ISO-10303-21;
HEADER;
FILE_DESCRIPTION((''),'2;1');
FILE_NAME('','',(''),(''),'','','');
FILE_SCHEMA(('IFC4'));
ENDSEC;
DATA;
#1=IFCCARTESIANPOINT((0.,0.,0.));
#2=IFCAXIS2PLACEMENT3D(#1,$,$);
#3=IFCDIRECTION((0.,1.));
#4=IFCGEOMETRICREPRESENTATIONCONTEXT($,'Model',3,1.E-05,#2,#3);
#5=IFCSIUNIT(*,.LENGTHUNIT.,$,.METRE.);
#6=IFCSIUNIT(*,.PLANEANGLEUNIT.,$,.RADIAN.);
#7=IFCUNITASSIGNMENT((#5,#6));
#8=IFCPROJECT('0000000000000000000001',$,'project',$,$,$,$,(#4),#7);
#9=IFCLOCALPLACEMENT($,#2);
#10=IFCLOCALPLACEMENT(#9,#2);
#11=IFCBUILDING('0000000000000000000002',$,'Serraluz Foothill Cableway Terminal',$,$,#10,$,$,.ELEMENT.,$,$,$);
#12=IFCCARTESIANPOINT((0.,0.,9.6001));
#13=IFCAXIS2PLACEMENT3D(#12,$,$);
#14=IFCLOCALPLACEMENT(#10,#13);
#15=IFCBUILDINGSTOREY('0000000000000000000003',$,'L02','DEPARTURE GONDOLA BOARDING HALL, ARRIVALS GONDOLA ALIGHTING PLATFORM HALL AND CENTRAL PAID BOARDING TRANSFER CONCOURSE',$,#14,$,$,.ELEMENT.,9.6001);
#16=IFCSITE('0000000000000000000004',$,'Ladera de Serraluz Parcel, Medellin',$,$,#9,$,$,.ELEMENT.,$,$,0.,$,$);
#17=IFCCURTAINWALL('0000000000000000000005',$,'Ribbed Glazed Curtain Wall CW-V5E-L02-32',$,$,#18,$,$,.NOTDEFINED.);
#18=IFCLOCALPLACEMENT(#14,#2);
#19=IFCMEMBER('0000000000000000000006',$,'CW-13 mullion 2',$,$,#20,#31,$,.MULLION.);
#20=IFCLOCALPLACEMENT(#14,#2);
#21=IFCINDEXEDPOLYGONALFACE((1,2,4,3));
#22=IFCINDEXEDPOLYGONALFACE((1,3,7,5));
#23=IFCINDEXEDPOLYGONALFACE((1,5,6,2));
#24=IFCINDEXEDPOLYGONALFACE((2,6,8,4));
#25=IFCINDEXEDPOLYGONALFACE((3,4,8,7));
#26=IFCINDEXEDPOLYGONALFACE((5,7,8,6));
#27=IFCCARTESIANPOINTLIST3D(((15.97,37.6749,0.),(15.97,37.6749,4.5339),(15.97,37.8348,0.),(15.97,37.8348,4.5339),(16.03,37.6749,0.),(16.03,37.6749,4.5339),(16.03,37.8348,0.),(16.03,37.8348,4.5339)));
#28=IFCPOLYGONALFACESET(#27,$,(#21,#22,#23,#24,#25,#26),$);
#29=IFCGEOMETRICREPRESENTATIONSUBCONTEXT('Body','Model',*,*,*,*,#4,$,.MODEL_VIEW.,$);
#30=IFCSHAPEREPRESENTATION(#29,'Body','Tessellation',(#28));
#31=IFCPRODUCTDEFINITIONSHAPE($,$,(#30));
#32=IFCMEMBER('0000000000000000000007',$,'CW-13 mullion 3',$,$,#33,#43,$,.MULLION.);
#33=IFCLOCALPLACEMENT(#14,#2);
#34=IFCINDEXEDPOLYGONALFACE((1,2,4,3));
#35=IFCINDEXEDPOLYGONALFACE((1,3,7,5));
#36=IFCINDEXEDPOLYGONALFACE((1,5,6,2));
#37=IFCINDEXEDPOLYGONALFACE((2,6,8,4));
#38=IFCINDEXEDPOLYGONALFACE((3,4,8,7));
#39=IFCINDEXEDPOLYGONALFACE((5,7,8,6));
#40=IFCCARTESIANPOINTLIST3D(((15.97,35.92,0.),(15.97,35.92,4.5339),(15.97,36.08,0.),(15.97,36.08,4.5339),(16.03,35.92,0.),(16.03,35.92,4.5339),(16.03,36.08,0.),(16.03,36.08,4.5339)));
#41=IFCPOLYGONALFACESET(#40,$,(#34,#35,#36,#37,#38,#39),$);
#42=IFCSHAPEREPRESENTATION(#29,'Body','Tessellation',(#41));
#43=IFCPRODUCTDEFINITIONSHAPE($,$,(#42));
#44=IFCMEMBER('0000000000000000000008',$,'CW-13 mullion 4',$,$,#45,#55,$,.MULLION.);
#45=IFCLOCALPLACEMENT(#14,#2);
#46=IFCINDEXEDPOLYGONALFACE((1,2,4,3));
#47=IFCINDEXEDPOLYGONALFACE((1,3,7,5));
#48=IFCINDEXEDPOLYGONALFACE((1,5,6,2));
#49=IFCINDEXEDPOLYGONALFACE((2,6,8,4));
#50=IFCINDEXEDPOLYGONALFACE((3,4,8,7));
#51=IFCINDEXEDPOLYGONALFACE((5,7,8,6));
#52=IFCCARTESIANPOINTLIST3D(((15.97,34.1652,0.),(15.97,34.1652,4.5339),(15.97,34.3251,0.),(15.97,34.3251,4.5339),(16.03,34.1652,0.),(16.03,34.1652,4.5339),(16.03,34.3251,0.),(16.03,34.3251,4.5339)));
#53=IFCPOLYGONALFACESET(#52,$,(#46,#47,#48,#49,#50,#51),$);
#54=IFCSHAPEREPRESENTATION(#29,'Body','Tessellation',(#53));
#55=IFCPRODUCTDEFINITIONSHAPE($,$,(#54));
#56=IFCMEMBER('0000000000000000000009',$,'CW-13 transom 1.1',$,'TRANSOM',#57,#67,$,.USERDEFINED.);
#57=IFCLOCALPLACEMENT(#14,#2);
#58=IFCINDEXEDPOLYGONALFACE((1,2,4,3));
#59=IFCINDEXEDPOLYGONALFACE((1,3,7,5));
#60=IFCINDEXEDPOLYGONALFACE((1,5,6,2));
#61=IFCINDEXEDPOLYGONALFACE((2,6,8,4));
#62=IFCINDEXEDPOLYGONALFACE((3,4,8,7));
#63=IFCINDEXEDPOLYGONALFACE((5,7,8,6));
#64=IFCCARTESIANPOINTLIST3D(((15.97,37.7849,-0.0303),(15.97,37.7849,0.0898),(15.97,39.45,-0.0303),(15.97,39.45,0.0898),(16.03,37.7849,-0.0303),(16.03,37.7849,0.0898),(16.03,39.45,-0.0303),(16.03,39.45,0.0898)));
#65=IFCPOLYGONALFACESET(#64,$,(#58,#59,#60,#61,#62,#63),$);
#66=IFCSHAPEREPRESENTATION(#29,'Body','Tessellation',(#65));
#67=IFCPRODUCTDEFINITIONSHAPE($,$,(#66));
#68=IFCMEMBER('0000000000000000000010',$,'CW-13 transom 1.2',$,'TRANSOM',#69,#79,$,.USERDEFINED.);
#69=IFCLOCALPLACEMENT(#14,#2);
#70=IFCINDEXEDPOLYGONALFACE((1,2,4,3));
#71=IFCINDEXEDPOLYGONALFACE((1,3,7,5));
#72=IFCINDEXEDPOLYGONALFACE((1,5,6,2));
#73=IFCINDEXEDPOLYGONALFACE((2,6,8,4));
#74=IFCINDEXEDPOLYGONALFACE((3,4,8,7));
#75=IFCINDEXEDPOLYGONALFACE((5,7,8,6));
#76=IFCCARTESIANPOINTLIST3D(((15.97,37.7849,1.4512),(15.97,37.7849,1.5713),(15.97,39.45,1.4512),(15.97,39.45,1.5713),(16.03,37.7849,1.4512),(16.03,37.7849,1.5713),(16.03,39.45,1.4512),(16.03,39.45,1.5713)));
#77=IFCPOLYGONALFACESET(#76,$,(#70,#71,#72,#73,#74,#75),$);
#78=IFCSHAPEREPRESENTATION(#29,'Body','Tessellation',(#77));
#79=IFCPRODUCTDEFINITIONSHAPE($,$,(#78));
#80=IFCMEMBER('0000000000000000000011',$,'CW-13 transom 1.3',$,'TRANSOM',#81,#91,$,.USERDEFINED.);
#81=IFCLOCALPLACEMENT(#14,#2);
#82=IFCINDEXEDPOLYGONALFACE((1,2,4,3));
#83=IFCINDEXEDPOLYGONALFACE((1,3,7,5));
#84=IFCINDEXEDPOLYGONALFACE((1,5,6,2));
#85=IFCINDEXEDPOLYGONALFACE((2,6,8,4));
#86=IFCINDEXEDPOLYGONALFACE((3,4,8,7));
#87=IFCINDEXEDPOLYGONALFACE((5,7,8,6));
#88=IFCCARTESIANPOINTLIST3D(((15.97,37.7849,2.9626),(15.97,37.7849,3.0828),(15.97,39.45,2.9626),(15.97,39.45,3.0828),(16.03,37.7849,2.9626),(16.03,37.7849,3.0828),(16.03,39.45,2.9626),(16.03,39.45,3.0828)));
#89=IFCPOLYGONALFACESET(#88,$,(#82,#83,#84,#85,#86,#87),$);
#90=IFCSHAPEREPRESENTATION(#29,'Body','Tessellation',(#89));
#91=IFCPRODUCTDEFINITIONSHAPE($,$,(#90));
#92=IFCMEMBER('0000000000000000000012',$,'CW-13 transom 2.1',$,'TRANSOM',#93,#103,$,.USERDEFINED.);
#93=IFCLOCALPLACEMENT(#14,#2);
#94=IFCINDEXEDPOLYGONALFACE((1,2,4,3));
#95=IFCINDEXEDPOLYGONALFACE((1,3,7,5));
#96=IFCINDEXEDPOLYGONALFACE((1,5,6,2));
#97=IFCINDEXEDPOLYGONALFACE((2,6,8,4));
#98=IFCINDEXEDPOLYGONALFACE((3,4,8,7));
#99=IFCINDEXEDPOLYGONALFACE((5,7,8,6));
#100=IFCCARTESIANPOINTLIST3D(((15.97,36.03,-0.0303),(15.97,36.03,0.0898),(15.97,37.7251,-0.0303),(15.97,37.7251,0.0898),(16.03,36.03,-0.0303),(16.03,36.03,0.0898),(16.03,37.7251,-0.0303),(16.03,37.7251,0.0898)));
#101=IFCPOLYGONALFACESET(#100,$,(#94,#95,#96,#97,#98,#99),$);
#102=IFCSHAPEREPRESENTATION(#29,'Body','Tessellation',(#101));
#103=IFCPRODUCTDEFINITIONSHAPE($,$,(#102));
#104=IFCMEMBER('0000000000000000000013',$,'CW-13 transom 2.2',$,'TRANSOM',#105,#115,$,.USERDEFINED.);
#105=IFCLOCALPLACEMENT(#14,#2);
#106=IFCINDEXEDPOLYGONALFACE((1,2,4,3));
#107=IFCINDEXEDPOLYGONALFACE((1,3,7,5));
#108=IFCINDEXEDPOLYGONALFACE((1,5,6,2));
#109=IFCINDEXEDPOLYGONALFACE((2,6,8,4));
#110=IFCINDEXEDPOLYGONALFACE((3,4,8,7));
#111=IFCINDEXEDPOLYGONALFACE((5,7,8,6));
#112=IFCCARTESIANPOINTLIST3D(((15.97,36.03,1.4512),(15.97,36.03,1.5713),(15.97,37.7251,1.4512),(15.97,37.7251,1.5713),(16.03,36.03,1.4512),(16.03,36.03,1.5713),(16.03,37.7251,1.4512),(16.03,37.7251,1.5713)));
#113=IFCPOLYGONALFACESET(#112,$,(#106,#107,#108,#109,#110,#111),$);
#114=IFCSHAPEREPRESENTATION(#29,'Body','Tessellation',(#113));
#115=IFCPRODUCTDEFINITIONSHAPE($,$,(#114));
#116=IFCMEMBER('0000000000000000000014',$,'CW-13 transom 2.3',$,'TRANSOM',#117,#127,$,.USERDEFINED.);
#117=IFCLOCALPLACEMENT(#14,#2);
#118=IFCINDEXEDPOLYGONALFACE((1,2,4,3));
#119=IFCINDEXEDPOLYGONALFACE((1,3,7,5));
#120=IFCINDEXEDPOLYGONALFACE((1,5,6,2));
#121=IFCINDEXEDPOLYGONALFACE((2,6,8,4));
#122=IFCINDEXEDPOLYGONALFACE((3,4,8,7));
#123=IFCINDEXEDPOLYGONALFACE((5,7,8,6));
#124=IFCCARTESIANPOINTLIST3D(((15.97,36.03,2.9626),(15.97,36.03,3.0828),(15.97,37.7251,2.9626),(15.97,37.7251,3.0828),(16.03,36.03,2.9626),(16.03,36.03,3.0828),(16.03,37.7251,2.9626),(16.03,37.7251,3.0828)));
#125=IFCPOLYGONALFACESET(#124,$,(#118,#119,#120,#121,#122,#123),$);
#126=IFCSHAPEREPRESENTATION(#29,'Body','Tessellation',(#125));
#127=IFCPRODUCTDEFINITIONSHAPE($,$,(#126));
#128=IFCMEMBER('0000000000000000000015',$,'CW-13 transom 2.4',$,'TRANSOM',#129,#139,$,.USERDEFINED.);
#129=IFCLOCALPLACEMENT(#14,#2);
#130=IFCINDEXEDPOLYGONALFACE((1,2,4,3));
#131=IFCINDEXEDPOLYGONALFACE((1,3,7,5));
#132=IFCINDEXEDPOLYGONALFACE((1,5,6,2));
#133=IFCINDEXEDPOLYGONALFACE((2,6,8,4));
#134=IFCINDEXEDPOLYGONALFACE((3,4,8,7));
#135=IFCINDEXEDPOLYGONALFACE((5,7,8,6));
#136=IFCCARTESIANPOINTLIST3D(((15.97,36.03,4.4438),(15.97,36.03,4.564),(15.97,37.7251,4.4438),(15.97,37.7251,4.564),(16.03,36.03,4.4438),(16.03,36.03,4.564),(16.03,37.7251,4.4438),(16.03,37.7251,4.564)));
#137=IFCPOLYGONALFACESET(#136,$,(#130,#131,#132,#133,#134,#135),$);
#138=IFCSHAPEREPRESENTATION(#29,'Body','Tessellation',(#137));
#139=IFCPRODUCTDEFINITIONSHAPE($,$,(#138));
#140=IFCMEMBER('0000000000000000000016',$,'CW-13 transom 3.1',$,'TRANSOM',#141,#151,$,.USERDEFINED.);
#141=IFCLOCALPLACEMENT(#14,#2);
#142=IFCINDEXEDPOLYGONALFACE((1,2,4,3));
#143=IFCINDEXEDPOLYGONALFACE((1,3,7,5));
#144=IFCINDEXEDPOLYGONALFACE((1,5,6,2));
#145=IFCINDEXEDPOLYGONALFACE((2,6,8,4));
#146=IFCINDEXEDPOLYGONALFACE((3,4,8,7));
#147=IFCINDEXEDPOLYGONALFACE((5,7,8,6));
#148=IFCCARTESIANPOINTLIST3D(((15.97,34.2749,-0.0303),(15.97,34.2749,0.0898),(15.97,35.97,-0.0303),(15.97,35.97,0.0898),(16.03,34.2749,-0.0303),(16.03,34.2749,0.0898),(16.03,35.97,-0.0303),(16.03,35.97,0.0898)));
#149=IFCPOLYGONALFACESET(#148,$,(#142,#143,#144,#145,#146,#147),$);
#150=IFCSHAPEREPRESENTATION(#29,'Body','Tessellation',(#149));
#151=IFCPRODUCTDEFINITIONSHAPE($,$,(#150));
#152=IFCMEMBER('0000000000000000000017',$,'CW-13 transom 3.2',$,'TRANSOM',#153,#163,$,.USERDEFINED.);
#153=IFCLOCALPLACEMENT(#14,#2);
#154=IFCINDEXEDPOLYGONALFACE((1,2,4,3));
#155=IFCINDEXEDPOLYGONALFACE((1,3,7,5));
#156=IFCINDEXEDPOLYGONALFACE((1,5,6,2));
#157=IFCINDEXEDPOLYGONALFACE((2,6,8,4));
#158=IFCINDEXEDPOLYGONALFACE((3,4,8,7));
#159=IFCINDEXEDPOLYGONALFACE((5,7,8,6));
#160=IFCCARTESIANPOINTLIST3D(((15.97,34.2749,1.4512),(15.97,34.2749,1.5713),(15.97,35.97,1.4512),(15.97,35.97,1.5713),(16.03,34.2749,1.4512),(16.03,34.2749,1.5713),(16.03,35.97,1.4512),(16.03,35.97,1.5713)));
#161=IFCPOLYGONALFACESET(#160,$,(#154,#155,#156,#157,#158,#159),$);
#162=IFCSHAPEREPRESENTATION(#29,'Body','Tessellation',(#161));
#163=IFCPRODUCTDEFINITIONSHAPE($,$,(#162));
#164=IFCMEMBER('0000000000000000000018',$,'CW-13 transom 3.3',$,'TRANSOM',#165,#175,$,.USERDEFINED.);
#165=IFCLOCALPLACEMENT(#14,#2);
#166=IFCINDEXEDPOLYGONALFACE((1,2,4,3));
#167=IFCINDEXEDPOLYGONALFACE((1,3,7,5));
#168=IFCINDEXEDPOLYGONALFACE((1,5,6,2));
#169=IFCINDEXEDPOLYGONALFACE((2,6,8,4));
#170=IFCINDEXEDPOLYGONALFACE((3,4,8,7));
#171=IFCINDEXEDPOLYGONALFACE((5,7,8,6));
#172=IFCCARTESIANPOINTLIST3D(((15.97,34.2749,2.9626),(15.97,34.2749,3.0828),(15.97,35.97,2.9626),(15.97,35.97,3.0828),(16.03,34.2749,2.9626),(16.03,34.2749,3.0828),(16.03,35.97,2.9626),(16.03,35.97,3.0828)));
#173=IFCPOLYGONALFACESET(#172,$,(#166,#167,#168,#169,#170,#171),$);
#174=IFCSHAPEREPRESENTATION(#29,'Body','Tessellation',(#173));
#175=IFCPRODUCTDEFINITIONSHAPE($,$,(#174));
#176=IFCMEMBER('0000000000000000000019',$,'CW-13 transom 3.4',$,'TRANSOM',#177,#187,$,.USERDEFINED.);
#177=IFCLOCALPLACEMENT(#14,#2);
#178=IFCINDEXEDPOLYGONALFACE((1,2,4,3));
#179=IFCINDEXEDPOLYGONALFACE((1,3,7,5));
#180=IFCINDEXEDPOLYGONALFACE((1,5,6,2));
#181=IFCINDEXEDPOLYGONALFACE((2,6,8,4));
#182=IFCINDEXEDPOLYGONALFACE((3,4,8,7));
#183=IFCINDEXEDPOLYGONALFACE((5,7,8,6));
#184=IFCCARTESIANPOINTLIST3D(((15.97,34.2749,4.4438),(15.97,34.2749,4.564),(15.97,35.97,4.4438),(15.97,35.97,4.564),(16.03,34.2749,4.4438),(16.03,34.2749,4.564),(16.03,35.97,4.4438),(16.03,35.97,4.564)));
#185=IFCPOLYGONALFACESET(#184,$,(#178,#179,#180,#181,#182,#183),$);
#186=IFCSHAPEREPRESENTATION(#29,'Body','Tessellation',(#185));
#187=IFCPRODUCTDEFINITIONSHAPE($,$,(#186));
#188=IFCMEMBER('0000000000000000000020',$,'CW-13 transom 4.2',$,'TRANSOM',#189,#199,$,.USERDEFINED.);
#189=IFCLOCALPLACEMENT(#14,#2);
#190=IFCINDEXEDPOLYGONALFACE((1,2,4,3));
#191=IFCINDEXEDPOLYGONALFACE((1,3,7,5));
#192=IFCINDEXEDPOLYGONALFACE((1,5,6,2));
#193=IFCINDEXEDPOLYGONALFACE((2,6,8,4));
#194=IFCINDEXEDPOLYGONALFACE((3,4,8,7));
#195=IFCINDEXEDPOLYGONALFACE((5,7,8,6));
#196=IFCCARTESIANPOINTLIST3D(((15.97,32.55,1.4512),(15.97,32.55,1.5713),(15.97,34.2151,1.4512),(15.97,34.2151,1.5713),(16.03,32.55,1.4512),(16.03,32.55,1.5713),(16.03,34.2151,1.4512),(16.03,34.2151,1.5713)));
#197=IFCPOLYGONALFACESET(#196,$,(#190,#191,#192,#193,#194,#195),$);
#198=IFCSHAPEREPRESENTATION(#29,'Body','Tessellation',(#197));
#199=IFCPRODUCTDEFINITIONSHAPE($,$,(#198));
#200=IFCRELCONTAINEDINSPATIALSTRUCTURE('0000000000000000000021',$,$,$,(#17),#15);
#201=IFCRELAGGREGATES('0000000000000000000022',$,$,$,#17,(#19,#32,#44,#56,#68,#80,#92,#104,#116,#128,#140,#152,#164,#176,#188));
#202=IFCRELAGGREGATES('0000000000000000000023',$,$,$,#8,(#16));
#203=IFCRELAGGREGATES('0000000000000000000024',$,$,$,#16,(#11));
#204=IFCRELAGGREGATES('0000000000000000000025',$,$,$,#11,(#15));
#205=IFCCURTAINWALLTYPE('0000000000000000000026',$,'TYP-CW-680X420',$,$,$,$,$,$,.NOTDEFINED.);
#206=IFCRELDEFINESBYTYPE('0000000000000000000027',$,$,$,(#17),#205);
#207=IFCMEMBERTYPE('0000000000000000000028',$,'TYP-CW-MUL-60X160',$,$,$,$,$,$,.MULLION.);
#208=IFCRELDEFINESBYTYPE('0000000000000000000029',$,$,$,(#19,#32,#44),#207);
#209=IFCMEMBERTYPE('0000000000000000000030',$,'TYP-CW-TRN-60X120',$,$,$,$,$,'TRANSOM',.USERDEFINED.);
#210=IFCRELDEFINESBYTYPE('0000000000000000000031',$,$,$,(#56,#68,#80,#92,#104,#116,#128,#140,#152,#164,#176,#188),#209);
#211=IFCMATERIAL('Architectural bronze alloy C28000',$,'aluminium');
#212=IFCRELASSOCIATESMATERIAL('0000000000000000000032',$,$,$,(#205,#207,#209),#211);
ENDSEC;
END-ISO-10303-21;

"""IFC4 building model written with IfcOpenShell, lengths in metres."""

from ifc_helpers import new_model, si_unit, direction, frame, origin, origin_2d, place, context, subcontext, project, spatial, rectangle, extrude, material, material_profile, profile_set, type_object, element, aggregate, save


model = new_model("IFC4")

# Units and contexts
model_context = context("Model", 3, precision=1e-05, world=origin(), true_north=direction((0.0, 1.0)))
body_context = subcontext(model_context, "Body", "Model", "MODEL_VIEW")
ifc_project = project(units=[si_unit("LENGTHUNIT", "METRE"), si_unit("PLANEANGLEUNIT", "RADIAN")], contexts=[model_context])

# Site, building, storey
site_placement = place(None, origin())
site = spatial("IfcSite", under=ifc_project, at=site_placement, Name="Ladera de Serraluz Parcel, Medellin", CompositionType="ELEMENT", RefElevation=0.0)
building_placement = place(site_placement, origin())
building = spatial("IfcBuilding", under=site, at=building_placement, Name="Serraluz Foothill Cableway Terminal", CompositionType="ELEMENT")
storey_placement = place(building_placement, frame((0.0, 0.0, 9.6001)))
storey = spatial("IfcBuildingStorey", under=building, at=storey_placement, Name="L02", Description="DEPARTURE GONDOLA BOARDING HALL, ARRIVALS GONDOLA ALIGHTING PLATFORM HALL AND CENTRAL PAID BOARDING TRANSFER CONCOURSE", CompositionType="ELEMENT", Elevation=9.6001)

# Curtain wall, members
ifc_material_1 = material(Name="Architectural bronze alloy C28000", Category="aluminium")
curtain_wall_type = type_object("IfcCurtainWallType", Name="TYP-CW-680X420", PredefinedType="NOTDEFINED", material=ifc_material_1)
curtain_wall_placement = place(storey_placement, origin())
curtain_wall = element("IfcCurtainWall", 1, at=curtain_wall_placement, inside=storey, type_object=curtain_wall_type, Name="Ribbed Glazed Curtain Wall CW-V5E-L02-32", PredefinedType="NOTDEFINED")
ifc_material_profile_1 = material_profile(ifc_material_1, rectangle(XDim=0.0601, YDim=0.1599, at=origin_2d()), Name="ALU MULLION 60x160")
ifc_profile_set_1 = profile_set([ifc_material_profile_1], Name="Architectural bronze alloy C28000")
member_type_1 = type_object("IfcMemberType", Name="TYP-CW-MUL-60X160", PredefinedType="MULLION", material=ifc_profile_set_1)
member_1_placement = place(storey_placement, frame((16.0, 37.7549, 0.0), z_axis=(0.0, 0.0, 1.0), x_axis=(1.0, 0.0, 0.0)))
member_1 = element("IfcMember", 2, at=member_1_placement, type_object=member_type_1, Name="CW-13 mullion 2", PredefinedType="MULLION", context=body_context, shape_type="SweptSolid", body=[
    extrude(rectangle(XDim=0.0601, YDim=0.1599, at=origin_2d()), origin(), (0.0, 0.0, 1.0), 4.5339),
])
member_2_placement = place(storey_placement, frame((16.0, 36.0, 0.0), z_axis=(0.0, 0.0, 1.0), x_axis=(1.0, 0.0, 0.0)))
member_2 = element("IfcMember", 3, at=member_2_placement, type_object=member_type_1, Name="CW-13 mullion 3", PredefinedType="MULLION", context=body_context, shape_type="SweptSolid", body=[
    extrude(rectangle(XDim=0.0601, YDim=0.1599, at=origin_2d()), origin(), (0.0, 0.0, 1.0), 4.5339),
])
member_3_placement = place(storey_placement, frame((16.0, 34.2451, 0.0), z_axis=(0.0, 0.0, 1.0), x_axis=(1.0, 0.0, 0.0)))
member_3 = element("IfcMember", 4, at=member_3_placement, type_object=member_type_1, Name="CW-13 mullion 4", PredefinedType="MULLION", context=body_context, shape_type="SweptSolid", body=[
    extrude(rectangle(XDim=0.0601, YDim=0.1599, at=origin_2d()), origin(), (0.0, 0.0, 1.0), 4.5339),
])
ifc_material_profile_2 = material_profile(ifc_material_1, rectangle(XDim=0.0601, YDim=0.1201, at=origin_2d()), Name="ALU TRANSOM 60x120")
ifc_profile_set_2 = profile_set([ifc_material_profile_2], Name="Architectural bronze alloy C28000")
member_type_2 = type_object("IfcMemberType", Name="TYP-CW-TRN-60X120", ElementType="TRANSOM", PredefinedType="USERDEFINED", material=ifc_profile_set_2)
member_4_placement = place(storey_placement, frame((16.0, 39.45, 0.0298), z_axis=(0.0, -1.0, 0.0), x_axis=(1.0, 0.0, 0.0)))
member_4 = element("IfcMember", 5, at=member_4_placement, type_object=member_type_2, Name="CW-13 transom 1.1", ObjectType="TRANSOM", PredefinedType="USERDEFINED", context=body_context, shape_type="SweptSolid", body=[
    extrude(rectangle(XDim=0.0601, YDim=0.1201, at=origin_2d()), origin(), (0.0, 0.0, 1.0), 1.665),
])
member_5_placement = place(storey_placement, frame((16.0, 39.45, 1.5112), z_axis=(0.0, -1.0, 0.0), x_axis=(1.0, 0.0, 0.0)))
member_5 = element("IfcMember", 6, at=member_5_placement, type_object=member_type_2, Name="CW-13 transom 1.2", ObjectType="TRANSOM", PredefinedType="USERDEFINED", context=body_context, shape_type="SweptSolid", body=[
    extrude(rectangle(XDim=0.0601, YDim=0.1201, at=origin_2d()), origin(), (0.0, 0.0, 1.0), 1.665),
])
member_6_placement = place(storey_placement, frame((16.0, 39.45, 3.0227), z_axis=(0.0, -1.0, 0.0), x_axis=(1.0, 0.0, 0.0)))
member_6 = element("IfcMember", 7, at=member_6_placement, type_object=member_type_2, Name="CW-13 transom 1.3", ObjectType="TRANSOM", PredefinedType="USERDEFINED", context=body_context, shape_type="SweptSolid", body=[
    extrude(rectangle(XDim=0.0601, YDim=0.1201, at=origin_2d()), origin(), (0.0, 0.0, 1.0), 1.665),
])
member_7_placement = place(storey_placement, frame((16.0, 37.7251, 0.0298), z_axis=(0.0, -1.0, 0.0), x_axis=(1.0, 0.0, 0.0)))
member_7 = element("IfcMember", 8, at=member_7_placement, type_object=member_type_2, Name="CW-13 transom 2.1", ObjectType="TRANSOM", PredefinedType="USERDEFINED", context=body_context, shape_type="SweptSolid", body=[
    extrude(rectangle(XDim=0.0601, YDim=0.1201, at=origin_2d()), origin(), (0.0, 0.0, 1.0), 1.6951),
])
member_8_placement = place(storey_placement, frame((16.0, 37.7251, 1.5112), z_axis=(0.0, -1.0, 0.0), x_axis=(1.0, 0.0, 0.0)))
member_8 = element("IfcMember", 9, at=member_8_placement, type_object=member_type_2, Name="CW-13 transom 2.2", ObjectType="TRANSOM", PredefinedType="USERDEFINED", context=body_context, shape_type="SweptSolid", body=[
    extrude(rectangle(XDim=0.0601, YDim=0.1201, at=origin_2d()), origin(), (0.0, 0.0, 1.0), 1.6951),
])
member_9_placement = place(storey_placement, frame((16.0, 37.7251, 3.0227), z_axis=(0.0, -1.0, 0.0), x_axis=(1.0, 0.0, 0.0)))
member_9 = element("IfcMember", 10, at=member_9_placement, type_object=member_type_2, Name="CW-13 transom 2.3", ObjectType="TRANSOM", PredefinedType="USERDEFINED", context=body_context, shape_type="SweptSolid", body=[
    extrude(rectangle(XDim=0.0601, YDim=0.1201, at=origin_2d()), origin(), (0.0, 0.0, 1.0), 1.6951),
])
member_10_placement = place(storey_placement, frame((16.0, 37.7251, 4.5039), z_axis=(0.0, -1.0, 0.0), x_axis=(1.0, 0.0, 0.0)))
member_10 = element("IfcMember", 11, at=member_10_placement, type_object=member_type_2, Name="CW-13 transom 2.4", ObjectType="TRANSOM", PredefinedType="USERDEFINED", context=body_context, shape_type="SweptSolid", body=[
    extrude(rectangle(XDim=0.0601, YDim=0.1201, at=origin_2d()), origin(), (0.0, 0.0, 1.0), 1.6951),
])
member_11_placement = place(storey_placement, frame((16.0, 35.97, 0.0298), z_axis=(0.0, -1.0, 0.0), x_axis=(1.0, 0.0, 0.0)))
member_11 = element("IfcMember", 12, at=member_11_placement, type_object=member_type_2, Name="CW-13 transom 3.1", ObjectType="TRANSOM", PredefinedType="USERDEFINED", context=body_context, shape_type="SweptSolid", body=[
    extrude(rectangle(XDim=0.0601, YDim=0.1201, at=origin_2d()), origin(), (0.0, 0.0, 1.0), 1.6951),
])
member_12_placement = place(storey_placement, frame((16.0, 35.97, 1.5112), z_axis=(0.0, -1.0, 0.0), x_axis=(1.0, 0.0, 0.0)))
member_12 = element("IfcMember", 13, at=member_12_placement, type_object=member_type_2, Name="CW-13 transom 3.2", ObjectType="TRANSOM", PredefinedType="USERDEFINED", context=body_context, shape_type="SweptSolid", body=[
    extrude(rectangle(XDim=0.0601, YDim=0.1201, at=origin_2d()), origin(), (0.0, 0.0, 1.0), 1.6951),
])
member_13_placement = place(storey_placement, frame((16.0, 35.97, 3.0227), z_axis=(0.0, -1.0, 0.0), x_axis=(1.0, 0.0, 0.0)))
member_13 = element("IfcMember", 14, at=member_13_placement, type_object=member_type_2, Name="CW-13 transom 3.3", ObjectType="TRANSOM", PredefinedType="USERDEFINED", context=body_context, shape_type="SweptSolid", body=[
    extrude(rectangle(XDim=0.0601, YDim=0.1201, at=origin_2d()), origin(), (0.0, 0.0, 1.0), 1.6951),
])
member_14_placement = place(storey_placement, frame((16.0, 35.97, 4.5039), z_axis=(0.0, -1.0, 0.0), x_axis=(1.0, 0.0, 0.0)))
member_14 = element("IfcMember", 15, at=member_14_placement, type_object=member_type_2, Name="CW-13 transom 3.4", ObjectType="TRANSOM", PredefinedType="USERDEFINED", context=body_context, shape_type="SweptSolid", body=[
    extrude(rectangle(XDim=0.0601, YDim=0.1201, at=origin_2d()), origin(), (0.0, 0.0, 1.0), 1.6951),
])
member_15_placement = place(storey_placement, frame((16.0, 34.2151, 1.5112), z_axis=(0.0, -1.0, 0.0), x_axis=(1.0, 0.0, 0.0)))
member_15 = element("IfcMember", 16, at=member_15_placement, type_object=member_type_2, Name="CW-13 transom 4.2", ObjectType="TRANSOM", PredefinedType="USERDEFINED", context=body_context, shape_type="SweptSolid", body=[
    extrude(rectangle(XDim=0.0601, YDim=0.1201, at=origin_2d()), origin(), (0.0, 0.0, 1.0), 1.665),
])
aggregate(curtain_wall, [member_1, member_2, member_3, member_4, member_5, member_6, member_7, member_8, member_9, member_10, member_11, member_12, member_13, member_14, member_15])

save(model, "model.ifc")
